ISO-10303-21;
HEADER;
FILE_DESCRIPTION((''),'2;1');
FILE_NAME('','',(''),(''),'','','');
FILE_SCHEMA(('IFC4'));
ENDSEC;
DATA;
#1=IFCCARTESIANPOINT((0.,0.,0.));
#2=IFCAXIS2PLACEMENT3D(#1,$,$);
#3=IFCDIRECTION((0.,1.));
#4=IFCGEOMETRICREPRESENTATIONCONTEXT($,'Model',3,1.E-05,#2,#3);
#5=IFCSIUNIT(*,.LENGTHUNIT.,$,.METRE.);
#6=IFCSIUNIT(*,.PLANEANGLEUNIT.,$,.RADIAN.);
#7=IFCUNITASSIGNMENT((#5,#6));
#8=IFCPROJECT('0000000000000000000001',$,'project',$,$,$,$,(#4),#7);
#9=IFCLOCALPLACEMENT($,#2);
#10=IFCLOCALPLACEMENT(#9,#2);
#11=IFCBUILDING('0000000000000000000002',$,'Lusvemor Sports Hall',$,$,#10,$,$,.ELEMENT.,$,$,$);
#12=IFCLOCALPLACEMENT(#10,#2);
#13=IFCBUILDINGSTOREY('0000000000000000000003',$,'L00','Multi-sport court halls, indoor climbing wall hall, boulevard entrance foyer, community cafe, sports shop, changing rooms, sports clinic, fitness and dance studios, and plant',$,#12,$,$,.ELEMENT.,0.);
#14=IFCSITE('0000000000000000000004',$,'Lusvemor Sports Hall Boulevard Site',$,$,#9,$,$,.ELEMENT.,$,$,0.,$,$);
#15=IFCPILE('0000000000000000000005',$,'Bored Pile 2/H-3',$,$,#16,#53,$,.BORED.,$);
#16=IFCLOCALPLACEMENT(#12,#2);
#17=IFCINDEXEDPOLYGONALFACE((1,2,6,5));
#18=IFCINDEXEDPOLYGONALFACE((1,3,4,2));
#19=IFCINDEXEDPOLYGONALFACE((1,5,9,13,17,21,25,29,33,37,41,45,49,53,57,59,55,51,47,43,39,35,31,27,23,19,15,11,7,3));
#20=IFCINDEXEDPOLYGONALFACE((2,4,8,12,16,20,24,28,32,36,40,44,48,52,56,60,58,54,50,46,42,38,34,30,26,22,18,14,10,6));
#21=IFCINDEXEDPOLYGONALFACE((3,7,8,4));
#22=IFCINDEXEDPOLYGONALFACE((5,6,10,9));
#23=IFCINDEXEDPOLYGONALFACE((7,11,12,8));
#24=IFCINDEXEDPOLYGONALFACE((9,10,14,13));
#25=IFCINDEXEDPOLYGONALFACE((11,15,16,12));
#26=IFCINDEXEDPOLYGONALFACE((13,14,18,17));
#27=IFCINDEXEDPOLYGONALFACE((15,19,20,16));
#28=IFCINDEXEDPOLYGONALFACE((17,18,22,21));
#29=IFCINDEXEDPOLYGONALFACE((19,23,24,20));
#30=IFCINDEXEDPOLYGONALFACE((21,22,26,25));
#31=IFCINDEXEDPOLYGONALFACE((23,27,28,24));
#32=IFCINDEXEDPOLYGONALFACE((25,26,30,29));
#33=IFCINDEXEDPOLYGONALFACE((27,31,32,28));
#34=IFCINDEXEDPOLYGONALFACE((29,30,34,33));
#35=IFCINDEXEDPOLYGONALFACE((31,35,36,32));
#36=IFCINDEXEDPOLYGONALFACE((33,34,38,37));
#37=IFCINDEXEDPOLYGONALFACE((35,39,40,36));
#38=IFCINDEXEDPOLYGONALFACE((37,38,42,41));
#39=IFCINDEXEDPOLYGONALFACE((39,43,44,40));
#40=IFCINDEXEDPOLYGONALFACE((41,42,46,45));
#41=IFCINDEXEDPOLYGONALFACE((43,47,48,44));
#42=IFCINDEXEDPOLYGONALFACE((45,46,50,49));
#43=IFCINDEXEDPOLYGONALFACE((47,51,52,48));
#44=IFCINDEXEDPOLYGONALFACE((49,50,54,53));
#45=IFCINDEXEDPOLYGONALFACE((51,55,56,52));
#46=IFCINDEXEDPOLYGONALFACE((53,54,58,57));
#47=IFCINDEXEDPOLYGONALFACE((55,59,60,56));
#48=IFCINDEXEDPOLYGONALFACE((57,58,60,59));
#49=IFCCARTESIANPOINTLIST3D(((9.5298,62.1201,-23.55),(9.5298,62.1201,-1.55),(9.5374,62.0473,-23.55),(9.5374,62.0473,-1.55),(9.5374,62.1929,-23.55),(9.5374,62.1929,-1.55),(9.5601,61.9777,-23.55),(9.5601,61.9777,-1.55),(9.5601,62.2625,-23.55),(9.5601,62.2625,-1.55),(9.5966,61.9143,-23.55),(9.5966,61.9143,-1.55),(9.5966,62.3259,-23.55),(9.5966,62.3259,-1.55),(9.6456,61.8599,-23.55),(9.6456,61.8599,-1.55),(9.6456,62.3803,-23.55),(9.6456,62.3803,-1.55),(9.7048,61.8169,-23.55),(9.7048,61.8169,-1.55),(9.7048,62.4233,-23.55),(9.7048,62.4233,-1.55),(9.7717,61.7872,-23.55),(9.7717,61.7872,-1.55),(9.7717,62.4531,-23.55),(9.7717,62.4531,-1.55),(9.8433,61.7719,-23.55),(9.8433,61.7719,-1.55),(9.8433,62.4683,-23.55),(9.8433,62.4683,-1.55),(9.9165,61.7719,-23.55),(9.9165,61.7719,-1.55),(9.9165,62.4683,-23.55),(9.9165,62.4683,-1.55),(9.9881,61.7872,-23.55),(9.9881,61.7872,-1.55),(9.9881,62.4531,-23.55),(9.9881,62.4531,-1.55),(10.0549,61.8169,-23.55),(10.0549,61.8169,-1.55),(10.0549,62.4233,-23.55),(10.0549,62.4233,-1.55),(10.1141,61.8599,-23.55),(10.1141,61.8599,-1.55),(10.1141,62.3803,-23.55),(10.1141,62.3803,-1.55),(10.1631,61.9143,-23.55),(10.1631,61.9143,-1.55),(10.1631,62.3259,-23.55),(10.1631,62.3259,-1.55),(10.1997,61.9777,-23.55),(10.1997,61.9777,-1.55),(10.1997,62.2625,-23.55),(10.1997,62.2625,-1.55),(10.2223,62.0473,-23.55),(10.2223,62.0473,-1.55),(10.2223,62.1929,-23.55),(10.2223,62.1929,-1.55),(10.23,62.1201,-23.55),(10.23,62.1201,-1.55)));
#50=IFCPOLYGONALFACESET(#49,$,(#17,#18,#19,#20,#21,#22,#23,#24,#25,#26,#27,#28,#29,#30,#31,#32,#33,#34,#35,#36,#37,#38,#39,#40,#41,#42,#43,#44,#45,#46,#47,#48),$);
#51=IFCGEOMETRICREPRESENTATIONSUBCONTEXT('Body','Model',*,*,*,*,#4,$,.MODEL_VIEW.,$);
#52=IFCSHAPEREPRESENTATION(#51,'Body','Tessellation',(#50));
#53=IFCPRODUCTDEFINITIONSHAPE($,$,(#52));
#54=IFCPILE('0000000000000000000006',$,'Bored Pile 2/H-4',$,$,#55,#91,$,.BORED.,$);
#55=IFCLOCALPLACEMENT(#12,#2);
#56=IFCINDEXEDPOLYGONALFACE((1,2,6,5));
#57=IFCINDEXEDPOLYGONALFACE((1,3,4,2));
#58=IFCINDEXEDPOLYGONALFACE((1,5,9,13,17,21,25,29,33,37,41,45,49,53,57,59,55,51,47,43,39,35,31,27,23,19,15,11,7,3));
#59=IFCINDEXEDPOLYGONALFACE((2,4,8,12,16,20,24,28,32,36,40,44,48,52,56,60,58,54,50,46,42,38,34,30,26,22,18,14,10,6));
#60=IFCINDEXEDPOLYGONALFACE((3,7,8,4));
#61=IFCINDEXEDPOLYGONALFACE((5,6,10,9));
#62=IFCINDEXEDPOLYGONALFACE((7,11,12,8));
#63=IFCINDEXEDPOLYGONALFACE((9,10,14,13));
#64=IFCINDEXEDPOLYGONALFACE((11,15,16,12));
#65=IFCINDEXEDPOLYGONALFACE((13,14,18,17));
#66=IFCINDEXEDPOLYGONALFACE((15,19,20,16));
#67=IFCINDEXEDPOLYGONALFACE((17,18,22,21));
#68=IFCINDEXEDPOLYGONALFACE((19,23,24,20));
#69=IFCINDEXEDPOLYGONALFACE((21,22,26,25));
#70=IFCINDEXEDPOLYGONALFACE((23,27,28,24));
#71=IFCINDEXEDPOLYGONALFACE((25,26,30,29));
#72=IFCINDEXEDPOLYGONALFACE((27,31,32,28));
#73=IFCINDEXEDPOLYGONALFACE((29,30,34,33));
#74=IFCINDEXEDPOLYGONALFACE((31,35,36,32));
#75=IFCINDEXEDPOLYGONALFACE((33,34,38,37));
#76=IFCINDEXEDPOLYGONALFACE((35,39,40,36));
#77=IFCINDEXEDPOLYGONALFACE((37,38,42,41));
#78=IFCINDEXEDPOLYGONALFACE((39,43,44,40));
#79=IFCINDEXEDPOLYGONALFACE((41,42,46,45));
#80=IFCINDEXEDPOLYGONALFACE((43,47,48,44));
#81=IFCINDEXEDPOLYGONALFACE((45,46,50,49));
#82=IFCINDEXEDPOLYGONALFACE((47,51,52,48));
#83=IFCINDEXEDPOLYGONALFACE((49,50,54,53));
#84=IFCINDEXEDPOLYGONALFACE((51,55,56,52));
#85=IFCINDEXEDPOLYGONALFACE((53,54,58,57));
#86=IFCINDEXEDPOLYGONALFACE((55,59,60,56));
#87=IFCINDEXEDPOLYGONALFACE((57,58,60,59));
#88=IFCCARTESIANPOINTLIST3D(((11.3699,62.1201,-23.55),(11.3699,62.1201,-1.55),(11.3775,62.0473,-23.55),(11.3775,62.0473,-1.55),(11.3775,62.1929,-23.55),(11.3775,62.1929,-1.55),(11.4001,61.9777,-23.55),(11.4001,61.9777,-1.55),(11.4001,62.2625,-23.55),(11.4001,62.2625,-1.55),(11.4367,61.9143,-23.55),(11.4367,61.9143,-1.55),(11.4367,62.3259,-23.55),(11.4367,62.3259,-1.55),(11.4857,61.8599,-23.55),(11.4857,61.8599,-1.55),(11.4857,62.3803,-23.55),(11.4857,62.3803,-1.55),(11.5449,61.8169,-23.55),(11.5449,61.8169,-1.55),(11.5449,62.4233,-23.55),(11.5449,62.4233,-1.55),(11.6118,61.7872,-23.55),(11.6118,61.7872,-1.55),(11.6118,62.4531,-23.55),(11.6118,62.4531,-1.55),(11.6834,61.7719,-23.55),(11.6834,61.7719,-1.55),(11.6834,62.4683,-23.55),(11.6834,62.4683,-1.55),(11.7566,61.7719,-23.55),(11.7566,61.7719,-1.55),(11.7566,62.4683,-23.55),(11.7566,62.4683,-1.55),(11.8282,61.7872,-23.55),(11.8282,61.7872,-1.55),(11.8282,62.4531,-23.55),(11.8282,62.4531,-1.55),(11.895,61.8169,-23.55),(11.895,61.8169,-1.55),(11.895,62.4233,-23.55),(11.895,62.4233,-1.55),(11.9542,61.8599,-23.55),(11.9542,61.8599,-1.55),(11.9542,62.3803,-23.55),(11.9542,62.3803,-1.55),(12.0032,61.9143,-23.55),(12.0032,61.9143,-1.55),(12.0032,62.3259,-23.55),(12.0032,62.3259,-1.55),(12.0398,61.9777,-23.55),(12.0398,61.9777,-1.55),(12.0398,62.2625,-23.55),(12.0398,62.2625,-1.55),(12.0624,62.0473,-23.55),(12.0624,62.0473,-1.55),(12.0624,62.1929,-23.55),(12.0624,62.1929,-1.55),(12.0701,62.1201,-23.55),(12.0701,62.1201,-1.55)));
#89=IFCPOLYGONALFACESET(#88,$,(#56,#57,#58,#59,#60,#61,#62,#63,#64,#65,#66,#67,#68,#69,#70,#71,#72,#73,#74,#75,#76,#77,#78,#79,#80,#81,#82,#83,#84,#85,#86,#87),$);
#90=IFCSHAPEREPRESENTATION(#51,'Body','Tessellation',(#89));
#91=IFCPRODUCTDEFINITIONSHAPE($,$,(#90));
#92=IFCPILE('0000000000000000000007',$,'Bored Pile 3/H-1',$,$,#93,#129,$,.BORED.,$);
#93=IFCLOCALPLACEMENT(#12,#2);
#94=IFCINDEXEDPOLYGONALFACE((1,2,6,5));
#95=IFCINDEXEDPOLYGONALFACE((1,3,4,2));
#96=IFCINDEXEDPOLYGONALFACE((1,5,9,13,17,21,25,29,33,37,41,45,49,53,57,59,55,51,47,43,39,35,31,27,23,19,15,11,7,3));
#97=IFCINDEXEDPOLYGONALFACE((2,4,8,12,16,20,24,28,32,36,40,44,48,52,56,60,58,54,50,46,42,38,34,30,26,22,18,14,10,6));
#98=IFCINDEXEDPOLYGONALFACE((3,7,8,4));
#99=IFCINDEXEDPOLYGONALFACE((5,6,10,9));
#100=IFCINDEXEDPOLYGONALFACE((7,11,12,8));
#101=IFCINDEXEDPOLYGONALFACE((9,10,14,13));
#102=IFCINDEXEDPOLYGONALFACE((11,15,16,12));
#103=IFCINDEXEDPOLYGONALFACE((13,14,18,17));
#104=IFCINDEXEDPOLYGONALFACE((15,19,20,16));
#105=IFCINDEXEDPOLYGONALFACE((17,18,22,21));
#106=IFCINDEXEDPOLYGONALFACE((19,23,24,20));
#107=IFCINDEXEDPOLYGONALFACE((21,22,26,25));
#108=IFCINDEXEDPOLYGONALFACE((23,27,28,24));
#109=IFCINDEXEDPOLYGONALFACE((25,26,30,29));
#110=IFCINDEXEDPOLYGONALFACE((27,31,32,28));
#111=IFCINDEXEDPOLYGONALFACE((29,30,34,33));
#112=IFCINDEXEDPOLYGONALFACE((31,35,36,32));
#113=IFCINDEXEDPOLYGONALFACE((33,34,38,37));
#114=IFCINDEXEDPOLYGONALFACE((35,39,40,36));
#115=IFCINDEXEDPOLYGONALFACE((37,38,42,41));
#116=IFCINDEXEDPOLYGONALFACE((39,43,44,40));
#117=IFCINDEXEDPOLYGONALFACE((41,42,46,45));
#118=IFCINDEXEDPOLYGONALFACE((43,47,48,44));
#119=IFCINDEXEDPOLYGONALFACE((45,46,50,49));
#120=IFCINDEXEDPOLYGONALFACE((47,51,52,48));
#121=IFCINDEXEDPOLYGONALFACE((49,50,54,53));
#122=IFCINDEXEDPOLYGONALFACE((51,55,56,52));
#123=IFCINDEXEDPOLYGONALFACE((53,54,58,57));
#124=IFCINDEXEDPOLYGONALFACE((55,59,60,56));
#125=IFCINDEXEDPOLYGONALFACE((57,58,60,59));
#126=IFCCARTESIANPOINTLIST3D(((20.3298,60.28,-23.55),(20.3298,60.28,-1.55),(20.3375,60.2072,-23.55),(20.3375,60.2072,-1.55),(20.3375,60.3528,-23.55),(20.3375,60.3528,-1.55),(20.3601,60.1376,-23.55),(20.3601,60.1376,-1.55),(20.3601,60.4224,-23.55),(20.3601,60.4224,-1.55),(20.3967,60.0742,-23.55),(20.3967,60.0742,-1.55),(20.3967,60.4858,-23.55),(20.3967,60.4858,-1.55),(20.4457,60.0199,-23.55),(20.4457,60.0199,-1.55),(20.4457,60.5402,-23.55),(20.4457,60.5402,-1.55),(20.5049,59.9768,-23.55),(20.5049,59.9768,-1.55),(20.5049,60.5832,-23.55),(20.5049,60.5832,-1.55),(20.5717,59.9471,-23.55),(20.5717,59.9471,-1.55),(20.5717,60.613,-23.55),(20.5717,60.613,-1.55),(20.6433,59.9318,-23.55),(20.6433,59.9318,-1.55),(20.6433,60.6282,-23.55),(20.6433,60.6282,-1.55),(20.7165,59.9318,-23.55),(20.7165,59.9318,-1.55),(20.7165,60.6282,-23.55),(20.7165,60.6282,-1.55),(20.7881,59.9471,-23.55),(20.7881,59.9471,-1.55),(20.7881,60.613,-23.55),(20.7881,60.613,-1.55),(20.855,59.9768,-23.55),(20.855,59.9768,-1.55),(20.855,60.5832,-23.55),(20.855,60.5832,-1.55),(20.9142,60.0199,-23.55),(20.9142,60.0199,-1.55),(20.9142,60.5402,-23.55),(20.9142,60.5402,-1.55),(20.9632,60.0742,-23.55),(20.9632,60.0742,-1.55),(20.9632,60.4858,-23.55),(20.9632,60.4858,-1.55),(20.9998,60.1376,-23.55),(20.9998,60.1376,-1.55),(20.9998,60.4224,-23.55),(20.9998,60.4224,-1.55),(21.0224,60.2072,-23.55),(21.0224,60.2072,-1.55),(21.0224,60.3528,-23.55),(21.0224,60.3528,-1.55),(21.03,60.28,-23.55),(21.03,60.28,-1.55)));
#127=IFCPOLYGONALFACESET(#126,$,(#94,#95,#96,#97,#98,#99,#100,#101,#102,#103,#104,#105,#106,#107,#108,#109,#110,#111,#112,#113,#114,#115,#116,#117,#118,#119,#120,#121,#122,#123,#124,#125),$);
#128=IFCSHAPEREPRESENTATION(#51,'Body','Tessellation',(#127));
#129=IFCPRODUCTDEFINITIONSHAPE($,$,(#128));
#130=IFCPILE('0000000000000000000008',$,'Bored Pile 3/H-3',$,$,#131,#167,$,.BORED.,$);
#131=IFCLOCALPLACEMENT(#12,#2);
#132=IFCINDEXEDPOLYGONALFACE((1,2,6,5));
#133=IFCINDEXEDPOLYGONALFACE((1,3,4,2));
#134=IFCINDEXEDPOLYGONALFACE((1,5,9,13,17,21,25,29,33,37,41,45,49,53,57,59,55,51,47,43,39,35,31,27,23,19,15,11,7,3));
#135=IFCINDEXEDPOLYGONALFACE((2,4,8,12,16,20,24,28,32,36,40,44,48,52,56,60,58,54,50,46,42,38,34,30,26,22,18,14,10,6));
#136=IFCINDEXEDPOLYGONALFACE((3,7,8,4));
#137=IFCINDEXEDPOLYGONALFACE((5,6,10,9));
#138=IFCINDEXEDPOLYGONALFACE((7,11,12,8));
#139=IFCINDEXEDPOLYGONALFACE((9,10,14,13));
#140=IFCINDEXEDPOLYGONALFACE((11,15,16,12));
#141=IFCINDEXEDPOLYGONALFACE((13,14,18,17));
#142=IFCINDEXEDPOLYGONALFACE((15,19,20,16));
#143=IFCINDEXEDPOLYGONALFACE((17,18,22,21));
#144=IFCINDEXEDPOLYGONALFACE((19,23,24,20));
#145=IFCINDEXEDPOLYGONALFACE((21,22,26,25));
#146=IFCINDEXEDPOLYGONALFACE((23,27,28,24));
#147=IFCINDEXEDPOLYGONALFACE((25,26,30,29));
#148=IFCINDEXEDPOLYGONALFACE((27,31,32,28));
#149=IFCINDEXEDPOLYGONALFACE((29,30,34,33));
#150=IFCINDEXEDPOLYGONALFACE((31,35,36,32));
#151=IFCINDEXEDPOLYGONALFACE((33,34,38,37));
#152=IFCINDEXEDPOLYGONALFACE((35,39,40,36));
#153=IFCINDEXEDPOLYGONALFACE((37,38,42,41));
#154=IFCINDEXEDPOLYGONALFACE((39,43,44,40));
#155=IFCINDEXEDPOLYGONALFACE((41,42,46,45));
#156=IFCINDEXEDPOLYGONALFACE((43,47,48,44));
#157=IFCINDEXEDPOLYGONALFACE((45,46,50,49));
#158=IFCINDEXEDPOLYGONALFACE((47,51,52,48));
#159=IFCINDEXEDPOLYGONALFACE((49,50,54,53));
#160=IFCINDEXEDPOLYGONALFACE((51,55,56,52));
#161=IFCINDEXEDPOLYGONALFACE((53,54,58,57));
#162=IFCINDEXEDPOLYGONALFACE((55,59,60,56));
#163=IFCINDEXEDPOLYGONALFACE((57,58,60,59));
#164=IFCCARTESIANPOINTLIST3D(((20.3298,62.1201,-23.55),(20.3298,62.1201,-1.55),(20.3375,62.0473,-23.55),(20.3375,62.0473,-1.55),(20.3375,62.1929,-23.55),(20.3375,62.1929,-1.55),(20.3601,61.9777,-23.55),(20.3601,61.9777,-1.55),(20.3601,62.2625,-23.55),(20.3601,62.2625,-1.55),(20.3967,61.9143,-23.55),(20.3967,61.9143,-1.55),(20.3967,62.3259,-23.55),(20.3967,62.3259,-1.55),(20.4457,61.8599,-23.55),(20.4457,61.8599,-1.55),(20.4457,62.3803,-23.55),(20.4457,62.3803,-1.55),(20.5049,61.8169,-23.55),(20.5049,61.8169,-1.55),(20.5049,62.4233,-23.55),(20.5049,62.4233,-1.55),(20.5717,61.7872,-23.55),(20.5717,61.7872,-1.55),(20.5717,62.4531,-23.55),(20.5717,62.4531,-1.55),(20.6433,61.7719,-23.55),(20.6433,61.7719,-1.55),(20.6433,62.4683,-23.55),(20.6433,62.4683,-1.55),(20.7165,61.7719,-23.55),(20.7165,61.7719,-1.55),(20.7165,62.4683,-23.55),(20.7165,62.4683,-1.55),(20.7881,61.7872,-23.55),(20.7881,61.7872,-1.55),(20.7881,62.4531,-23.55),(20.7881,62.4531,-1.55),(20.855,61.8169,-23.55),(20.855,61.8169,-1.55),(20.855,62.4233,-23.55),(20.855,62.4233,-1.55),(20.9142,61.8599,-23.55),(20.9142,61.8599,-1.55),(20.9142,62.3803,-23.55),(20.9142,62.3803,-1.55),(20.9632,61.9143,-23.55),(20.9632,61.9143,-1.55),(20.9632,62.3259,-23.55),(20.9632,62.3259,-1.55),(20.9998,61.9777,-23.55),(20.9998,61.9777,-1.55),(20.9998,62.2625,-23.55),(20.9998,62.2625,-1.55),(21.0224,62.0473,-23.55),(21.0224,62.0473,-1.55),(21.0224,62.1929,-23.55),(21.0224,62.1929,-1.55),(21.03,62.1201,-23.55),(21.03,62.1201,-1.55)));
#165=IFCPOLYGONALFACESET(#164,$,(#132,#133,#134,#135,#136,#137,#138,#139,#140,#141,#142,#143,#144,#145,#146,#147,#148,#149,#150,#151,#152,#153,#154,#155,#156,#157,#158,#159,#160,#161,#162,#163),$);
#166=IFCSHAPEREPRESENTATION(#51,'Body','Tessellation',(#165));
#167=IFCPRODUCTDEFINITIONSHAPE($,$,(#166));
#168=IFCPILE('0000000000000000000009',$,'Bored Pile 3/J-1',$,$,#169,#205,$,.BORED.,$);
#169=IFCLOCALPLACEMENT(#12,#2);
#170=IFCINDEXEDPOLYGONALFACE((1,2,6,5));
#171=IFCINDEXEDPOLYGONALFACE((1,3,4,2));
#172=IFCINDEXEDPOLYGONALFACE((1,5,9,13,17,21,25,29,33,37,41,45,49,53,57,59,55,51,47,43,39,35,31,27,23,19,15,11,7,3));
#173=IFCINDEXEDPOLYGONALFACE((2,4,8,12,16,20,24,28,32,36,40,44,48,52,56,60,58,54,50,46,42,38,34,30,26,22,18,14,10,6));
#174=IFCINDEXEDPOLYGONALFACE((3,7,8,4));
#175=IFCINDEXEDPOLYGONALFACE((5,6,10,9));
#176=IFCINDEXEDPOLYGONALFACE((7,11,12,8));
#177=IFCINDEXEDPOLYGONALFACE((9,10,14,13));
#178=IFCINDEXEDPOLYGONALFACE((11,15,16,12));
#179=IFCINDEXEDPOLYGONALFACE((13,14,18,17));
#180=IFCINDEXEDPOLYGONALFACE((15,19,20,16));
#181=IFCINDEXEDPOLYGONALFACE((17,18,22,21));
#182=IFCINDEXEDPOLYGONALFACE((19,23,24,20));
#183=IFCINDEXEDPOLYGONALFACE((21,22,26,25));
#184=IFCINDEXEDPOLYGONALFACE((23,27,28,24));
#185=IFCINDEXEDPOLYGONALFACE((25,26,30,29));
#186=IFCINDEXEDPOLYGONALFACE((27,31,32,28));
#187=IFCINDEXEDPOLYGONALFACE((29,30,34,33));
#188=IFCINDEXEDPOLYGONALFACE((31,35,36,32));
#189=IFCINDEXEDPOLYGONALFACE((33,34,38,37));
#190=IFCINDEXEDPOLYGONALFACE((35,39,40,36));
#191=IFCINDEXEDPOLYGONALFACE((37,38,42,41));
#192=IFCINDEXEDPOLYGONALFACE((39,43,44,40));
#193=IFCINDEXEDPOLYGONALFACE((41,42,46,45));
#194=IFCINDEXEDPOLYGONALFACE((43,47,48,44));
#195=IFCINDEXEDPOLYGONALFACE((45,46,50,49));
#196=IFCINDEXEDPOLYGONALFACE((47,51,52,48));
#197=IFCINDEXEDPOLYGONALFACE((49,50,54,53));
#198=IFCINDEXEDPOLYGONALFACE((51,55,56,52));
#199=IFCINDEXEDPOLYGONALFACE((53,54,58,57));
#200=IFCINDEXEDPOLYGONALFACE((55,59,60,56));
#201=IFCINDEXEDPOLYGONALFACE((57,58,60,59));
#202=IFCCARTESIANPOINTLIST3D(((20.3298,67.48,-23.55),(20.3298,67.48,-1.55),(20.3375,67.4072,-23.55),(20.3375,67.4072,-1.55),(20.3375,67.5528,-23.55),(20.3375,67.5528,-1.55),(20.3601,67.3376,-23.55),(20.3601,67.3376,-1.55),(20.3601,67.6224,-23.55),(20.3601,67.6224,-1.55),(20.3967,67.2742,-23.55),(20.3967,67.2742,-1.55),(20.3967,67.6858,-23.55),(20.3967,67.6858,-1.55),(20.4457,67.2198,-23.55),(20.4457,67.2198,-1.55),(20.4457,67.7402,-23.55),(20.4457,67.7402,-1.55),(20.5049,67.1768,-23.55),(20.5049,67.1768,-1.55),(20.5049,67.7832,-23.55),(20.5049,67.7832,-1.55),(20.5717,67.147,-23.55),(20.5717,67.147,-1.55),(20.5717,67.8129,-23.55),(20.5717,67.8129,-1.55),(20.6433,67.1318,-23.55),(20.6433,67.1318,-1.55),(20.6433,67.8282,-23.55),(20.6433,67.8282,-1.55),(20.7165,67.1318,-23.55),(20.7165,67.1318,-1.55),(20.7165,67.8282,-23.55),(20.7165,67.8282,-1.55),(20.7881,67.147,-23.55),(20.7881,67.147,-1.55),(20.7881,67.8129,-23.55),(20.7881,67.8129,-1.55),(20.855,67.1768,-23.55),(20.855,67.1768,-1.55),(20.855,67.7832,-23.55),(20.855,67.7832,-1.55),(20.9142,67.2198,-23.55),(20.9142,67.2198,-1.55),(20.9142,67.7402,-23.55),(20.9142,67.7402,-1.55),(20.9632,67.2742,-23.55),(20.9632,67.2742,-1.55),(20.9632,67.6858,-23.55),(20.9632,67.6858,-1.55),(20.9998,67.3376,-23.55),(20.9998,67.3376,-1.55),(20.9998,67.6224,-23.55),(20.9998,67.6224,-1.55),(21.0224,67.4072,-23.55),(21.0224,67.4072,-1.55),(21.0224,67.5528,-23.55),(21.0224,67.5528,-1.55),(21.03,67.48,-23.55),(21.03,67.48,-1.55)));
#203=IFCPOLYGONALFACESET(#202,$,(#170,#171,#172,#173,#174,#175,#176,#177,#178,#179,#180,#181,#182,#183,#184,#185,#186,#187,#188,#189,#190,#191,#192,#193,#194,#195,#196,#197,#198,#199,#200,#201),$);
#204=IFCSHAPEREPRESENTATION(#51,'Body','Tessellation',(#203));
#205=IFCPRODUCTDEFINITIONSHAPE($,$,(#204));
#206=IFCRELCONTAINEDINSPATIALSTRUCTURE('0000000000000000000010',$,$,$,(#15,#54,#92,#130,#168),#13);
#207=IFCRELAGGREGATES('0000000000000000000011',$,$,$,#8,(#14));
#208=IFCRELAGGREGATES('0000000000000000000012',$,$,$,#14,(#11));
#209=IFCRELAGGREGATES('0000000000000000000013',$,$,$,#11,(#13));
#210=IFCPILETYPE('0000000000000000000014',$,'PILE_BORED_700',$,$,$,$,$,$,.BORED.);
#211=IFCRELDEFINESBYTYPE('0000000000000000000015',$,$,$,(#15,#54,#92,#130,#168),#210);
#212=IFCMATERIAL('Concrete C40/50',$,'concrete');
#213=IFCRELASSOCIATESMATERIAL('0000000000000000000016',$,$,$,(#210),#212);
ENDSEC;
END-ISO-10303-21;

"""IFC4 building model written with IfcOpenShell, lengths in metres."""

from ifc_helpers import new_model, si_unit, direction, frame, origin, origin_2d, place, context, subcontext, project, spatial, circle, extrude, material, material_profile, profile_set, type_object, element, save


model = new_model("IFC4")

# Units and contexts
model_context = context("Model", 3, precision=1e-05, world=origin(), true_north=direction((0.0, 1.0)))
body_context = subcontext(model_context, "Body", "Model", "MODEL_VIEW")
ifc_project = project(units=[si_unit("LENGTHUNIT", "METRE"), si_unit("PLANEANGLEUNIT", "RADIAN")], contexts=[model_context])

# Site, building, storey
site_placement = place(None, origin())
site = spatial("IfcSite", under=ifc_project, at=site_placement, Name="Lusvemor Sports Hall Boulevard Site", CompositionType="ELEMENT", RefElevation=0.0)
building_placement = place(site_placement, origin())
building = spatial("IfcBuilding", under=site, at=building_placement, Name="Lusvemor Sports Hall", CompositionType="ELEMENT")
storey_placement = place(building_placement, origin())
storey = spatial("IfcBuildingStorey", under=building, at=storey_placement, Name="L00", Description="Multi-sport court halls, indoor climbing wall hall, boulevard entrance foyer, community cafe, sports shop, changing rooms, sports clinic, fitness and dance studios, and plant", CompositionType="ELEMENT", Elevation=0.0)

# Piles
ifc_material_1 = material(Name="Concrete C40/50", Category="concrete")
ifc_material_profile_1 = material_profile(ifc_material_1, circle(Radius=0.3501, at=origin_2d()), Name="PILE700")
ifc_profile_set_1 = profile_set([ifc_material_profile_1], Name="Concrete C40/50")
pile_type_1 = type_object("IfcPileType", Name="PILE_BORED_700", PredefinedType="BORED", material=ifc_profile_set_1)
for number, where, z_axis, x_axis, name in (
    (1, (9.8799, 62.1201, -1.55), (0.0, 0.0, -1.0), (1.0, 0.0, 0.0), "Bored Pile 2/H-3"),
    (2, (11.72, 62.1201, -1.55), (0.0, 0.0, -1.0), (1.0, 0.0, 0.0), "Bored Pile 2/H-4"),
    (3, (20.6799, 60.28, -1.55), (0.0, 0.0, -1.0), (1.0, 0.0, 0.0), "Bored Pile 3/H-1"),
    (4, (20.6799, 62.1201, -1.55), (0.0, 0.0, -1.0), (1.0, 0.0, 0.0), "Bored Pile 3/H-3"),
    (5, (20.6799, 67.48, -1.55), (0.0, 0.0, -1.0), (1.0, 0.0, 0.0), "Bored Pile 3/J-1"),
):
    element("IfcPile", number, at=place(storey_placement, frame(where, z_axis=z_axis, x_axis=x_axis)), inside=storey, type_object=pile_type_1, Name=name, PredefinedType="BORED", context=body_context, shape_type="SweptSolid", body=[
        extrude(circle(Radius=0.3501, at=origin_2d()), origin(), (0.0, 0.0, 1.0), 22.0),
    ])

save(model, "model.ifc")
